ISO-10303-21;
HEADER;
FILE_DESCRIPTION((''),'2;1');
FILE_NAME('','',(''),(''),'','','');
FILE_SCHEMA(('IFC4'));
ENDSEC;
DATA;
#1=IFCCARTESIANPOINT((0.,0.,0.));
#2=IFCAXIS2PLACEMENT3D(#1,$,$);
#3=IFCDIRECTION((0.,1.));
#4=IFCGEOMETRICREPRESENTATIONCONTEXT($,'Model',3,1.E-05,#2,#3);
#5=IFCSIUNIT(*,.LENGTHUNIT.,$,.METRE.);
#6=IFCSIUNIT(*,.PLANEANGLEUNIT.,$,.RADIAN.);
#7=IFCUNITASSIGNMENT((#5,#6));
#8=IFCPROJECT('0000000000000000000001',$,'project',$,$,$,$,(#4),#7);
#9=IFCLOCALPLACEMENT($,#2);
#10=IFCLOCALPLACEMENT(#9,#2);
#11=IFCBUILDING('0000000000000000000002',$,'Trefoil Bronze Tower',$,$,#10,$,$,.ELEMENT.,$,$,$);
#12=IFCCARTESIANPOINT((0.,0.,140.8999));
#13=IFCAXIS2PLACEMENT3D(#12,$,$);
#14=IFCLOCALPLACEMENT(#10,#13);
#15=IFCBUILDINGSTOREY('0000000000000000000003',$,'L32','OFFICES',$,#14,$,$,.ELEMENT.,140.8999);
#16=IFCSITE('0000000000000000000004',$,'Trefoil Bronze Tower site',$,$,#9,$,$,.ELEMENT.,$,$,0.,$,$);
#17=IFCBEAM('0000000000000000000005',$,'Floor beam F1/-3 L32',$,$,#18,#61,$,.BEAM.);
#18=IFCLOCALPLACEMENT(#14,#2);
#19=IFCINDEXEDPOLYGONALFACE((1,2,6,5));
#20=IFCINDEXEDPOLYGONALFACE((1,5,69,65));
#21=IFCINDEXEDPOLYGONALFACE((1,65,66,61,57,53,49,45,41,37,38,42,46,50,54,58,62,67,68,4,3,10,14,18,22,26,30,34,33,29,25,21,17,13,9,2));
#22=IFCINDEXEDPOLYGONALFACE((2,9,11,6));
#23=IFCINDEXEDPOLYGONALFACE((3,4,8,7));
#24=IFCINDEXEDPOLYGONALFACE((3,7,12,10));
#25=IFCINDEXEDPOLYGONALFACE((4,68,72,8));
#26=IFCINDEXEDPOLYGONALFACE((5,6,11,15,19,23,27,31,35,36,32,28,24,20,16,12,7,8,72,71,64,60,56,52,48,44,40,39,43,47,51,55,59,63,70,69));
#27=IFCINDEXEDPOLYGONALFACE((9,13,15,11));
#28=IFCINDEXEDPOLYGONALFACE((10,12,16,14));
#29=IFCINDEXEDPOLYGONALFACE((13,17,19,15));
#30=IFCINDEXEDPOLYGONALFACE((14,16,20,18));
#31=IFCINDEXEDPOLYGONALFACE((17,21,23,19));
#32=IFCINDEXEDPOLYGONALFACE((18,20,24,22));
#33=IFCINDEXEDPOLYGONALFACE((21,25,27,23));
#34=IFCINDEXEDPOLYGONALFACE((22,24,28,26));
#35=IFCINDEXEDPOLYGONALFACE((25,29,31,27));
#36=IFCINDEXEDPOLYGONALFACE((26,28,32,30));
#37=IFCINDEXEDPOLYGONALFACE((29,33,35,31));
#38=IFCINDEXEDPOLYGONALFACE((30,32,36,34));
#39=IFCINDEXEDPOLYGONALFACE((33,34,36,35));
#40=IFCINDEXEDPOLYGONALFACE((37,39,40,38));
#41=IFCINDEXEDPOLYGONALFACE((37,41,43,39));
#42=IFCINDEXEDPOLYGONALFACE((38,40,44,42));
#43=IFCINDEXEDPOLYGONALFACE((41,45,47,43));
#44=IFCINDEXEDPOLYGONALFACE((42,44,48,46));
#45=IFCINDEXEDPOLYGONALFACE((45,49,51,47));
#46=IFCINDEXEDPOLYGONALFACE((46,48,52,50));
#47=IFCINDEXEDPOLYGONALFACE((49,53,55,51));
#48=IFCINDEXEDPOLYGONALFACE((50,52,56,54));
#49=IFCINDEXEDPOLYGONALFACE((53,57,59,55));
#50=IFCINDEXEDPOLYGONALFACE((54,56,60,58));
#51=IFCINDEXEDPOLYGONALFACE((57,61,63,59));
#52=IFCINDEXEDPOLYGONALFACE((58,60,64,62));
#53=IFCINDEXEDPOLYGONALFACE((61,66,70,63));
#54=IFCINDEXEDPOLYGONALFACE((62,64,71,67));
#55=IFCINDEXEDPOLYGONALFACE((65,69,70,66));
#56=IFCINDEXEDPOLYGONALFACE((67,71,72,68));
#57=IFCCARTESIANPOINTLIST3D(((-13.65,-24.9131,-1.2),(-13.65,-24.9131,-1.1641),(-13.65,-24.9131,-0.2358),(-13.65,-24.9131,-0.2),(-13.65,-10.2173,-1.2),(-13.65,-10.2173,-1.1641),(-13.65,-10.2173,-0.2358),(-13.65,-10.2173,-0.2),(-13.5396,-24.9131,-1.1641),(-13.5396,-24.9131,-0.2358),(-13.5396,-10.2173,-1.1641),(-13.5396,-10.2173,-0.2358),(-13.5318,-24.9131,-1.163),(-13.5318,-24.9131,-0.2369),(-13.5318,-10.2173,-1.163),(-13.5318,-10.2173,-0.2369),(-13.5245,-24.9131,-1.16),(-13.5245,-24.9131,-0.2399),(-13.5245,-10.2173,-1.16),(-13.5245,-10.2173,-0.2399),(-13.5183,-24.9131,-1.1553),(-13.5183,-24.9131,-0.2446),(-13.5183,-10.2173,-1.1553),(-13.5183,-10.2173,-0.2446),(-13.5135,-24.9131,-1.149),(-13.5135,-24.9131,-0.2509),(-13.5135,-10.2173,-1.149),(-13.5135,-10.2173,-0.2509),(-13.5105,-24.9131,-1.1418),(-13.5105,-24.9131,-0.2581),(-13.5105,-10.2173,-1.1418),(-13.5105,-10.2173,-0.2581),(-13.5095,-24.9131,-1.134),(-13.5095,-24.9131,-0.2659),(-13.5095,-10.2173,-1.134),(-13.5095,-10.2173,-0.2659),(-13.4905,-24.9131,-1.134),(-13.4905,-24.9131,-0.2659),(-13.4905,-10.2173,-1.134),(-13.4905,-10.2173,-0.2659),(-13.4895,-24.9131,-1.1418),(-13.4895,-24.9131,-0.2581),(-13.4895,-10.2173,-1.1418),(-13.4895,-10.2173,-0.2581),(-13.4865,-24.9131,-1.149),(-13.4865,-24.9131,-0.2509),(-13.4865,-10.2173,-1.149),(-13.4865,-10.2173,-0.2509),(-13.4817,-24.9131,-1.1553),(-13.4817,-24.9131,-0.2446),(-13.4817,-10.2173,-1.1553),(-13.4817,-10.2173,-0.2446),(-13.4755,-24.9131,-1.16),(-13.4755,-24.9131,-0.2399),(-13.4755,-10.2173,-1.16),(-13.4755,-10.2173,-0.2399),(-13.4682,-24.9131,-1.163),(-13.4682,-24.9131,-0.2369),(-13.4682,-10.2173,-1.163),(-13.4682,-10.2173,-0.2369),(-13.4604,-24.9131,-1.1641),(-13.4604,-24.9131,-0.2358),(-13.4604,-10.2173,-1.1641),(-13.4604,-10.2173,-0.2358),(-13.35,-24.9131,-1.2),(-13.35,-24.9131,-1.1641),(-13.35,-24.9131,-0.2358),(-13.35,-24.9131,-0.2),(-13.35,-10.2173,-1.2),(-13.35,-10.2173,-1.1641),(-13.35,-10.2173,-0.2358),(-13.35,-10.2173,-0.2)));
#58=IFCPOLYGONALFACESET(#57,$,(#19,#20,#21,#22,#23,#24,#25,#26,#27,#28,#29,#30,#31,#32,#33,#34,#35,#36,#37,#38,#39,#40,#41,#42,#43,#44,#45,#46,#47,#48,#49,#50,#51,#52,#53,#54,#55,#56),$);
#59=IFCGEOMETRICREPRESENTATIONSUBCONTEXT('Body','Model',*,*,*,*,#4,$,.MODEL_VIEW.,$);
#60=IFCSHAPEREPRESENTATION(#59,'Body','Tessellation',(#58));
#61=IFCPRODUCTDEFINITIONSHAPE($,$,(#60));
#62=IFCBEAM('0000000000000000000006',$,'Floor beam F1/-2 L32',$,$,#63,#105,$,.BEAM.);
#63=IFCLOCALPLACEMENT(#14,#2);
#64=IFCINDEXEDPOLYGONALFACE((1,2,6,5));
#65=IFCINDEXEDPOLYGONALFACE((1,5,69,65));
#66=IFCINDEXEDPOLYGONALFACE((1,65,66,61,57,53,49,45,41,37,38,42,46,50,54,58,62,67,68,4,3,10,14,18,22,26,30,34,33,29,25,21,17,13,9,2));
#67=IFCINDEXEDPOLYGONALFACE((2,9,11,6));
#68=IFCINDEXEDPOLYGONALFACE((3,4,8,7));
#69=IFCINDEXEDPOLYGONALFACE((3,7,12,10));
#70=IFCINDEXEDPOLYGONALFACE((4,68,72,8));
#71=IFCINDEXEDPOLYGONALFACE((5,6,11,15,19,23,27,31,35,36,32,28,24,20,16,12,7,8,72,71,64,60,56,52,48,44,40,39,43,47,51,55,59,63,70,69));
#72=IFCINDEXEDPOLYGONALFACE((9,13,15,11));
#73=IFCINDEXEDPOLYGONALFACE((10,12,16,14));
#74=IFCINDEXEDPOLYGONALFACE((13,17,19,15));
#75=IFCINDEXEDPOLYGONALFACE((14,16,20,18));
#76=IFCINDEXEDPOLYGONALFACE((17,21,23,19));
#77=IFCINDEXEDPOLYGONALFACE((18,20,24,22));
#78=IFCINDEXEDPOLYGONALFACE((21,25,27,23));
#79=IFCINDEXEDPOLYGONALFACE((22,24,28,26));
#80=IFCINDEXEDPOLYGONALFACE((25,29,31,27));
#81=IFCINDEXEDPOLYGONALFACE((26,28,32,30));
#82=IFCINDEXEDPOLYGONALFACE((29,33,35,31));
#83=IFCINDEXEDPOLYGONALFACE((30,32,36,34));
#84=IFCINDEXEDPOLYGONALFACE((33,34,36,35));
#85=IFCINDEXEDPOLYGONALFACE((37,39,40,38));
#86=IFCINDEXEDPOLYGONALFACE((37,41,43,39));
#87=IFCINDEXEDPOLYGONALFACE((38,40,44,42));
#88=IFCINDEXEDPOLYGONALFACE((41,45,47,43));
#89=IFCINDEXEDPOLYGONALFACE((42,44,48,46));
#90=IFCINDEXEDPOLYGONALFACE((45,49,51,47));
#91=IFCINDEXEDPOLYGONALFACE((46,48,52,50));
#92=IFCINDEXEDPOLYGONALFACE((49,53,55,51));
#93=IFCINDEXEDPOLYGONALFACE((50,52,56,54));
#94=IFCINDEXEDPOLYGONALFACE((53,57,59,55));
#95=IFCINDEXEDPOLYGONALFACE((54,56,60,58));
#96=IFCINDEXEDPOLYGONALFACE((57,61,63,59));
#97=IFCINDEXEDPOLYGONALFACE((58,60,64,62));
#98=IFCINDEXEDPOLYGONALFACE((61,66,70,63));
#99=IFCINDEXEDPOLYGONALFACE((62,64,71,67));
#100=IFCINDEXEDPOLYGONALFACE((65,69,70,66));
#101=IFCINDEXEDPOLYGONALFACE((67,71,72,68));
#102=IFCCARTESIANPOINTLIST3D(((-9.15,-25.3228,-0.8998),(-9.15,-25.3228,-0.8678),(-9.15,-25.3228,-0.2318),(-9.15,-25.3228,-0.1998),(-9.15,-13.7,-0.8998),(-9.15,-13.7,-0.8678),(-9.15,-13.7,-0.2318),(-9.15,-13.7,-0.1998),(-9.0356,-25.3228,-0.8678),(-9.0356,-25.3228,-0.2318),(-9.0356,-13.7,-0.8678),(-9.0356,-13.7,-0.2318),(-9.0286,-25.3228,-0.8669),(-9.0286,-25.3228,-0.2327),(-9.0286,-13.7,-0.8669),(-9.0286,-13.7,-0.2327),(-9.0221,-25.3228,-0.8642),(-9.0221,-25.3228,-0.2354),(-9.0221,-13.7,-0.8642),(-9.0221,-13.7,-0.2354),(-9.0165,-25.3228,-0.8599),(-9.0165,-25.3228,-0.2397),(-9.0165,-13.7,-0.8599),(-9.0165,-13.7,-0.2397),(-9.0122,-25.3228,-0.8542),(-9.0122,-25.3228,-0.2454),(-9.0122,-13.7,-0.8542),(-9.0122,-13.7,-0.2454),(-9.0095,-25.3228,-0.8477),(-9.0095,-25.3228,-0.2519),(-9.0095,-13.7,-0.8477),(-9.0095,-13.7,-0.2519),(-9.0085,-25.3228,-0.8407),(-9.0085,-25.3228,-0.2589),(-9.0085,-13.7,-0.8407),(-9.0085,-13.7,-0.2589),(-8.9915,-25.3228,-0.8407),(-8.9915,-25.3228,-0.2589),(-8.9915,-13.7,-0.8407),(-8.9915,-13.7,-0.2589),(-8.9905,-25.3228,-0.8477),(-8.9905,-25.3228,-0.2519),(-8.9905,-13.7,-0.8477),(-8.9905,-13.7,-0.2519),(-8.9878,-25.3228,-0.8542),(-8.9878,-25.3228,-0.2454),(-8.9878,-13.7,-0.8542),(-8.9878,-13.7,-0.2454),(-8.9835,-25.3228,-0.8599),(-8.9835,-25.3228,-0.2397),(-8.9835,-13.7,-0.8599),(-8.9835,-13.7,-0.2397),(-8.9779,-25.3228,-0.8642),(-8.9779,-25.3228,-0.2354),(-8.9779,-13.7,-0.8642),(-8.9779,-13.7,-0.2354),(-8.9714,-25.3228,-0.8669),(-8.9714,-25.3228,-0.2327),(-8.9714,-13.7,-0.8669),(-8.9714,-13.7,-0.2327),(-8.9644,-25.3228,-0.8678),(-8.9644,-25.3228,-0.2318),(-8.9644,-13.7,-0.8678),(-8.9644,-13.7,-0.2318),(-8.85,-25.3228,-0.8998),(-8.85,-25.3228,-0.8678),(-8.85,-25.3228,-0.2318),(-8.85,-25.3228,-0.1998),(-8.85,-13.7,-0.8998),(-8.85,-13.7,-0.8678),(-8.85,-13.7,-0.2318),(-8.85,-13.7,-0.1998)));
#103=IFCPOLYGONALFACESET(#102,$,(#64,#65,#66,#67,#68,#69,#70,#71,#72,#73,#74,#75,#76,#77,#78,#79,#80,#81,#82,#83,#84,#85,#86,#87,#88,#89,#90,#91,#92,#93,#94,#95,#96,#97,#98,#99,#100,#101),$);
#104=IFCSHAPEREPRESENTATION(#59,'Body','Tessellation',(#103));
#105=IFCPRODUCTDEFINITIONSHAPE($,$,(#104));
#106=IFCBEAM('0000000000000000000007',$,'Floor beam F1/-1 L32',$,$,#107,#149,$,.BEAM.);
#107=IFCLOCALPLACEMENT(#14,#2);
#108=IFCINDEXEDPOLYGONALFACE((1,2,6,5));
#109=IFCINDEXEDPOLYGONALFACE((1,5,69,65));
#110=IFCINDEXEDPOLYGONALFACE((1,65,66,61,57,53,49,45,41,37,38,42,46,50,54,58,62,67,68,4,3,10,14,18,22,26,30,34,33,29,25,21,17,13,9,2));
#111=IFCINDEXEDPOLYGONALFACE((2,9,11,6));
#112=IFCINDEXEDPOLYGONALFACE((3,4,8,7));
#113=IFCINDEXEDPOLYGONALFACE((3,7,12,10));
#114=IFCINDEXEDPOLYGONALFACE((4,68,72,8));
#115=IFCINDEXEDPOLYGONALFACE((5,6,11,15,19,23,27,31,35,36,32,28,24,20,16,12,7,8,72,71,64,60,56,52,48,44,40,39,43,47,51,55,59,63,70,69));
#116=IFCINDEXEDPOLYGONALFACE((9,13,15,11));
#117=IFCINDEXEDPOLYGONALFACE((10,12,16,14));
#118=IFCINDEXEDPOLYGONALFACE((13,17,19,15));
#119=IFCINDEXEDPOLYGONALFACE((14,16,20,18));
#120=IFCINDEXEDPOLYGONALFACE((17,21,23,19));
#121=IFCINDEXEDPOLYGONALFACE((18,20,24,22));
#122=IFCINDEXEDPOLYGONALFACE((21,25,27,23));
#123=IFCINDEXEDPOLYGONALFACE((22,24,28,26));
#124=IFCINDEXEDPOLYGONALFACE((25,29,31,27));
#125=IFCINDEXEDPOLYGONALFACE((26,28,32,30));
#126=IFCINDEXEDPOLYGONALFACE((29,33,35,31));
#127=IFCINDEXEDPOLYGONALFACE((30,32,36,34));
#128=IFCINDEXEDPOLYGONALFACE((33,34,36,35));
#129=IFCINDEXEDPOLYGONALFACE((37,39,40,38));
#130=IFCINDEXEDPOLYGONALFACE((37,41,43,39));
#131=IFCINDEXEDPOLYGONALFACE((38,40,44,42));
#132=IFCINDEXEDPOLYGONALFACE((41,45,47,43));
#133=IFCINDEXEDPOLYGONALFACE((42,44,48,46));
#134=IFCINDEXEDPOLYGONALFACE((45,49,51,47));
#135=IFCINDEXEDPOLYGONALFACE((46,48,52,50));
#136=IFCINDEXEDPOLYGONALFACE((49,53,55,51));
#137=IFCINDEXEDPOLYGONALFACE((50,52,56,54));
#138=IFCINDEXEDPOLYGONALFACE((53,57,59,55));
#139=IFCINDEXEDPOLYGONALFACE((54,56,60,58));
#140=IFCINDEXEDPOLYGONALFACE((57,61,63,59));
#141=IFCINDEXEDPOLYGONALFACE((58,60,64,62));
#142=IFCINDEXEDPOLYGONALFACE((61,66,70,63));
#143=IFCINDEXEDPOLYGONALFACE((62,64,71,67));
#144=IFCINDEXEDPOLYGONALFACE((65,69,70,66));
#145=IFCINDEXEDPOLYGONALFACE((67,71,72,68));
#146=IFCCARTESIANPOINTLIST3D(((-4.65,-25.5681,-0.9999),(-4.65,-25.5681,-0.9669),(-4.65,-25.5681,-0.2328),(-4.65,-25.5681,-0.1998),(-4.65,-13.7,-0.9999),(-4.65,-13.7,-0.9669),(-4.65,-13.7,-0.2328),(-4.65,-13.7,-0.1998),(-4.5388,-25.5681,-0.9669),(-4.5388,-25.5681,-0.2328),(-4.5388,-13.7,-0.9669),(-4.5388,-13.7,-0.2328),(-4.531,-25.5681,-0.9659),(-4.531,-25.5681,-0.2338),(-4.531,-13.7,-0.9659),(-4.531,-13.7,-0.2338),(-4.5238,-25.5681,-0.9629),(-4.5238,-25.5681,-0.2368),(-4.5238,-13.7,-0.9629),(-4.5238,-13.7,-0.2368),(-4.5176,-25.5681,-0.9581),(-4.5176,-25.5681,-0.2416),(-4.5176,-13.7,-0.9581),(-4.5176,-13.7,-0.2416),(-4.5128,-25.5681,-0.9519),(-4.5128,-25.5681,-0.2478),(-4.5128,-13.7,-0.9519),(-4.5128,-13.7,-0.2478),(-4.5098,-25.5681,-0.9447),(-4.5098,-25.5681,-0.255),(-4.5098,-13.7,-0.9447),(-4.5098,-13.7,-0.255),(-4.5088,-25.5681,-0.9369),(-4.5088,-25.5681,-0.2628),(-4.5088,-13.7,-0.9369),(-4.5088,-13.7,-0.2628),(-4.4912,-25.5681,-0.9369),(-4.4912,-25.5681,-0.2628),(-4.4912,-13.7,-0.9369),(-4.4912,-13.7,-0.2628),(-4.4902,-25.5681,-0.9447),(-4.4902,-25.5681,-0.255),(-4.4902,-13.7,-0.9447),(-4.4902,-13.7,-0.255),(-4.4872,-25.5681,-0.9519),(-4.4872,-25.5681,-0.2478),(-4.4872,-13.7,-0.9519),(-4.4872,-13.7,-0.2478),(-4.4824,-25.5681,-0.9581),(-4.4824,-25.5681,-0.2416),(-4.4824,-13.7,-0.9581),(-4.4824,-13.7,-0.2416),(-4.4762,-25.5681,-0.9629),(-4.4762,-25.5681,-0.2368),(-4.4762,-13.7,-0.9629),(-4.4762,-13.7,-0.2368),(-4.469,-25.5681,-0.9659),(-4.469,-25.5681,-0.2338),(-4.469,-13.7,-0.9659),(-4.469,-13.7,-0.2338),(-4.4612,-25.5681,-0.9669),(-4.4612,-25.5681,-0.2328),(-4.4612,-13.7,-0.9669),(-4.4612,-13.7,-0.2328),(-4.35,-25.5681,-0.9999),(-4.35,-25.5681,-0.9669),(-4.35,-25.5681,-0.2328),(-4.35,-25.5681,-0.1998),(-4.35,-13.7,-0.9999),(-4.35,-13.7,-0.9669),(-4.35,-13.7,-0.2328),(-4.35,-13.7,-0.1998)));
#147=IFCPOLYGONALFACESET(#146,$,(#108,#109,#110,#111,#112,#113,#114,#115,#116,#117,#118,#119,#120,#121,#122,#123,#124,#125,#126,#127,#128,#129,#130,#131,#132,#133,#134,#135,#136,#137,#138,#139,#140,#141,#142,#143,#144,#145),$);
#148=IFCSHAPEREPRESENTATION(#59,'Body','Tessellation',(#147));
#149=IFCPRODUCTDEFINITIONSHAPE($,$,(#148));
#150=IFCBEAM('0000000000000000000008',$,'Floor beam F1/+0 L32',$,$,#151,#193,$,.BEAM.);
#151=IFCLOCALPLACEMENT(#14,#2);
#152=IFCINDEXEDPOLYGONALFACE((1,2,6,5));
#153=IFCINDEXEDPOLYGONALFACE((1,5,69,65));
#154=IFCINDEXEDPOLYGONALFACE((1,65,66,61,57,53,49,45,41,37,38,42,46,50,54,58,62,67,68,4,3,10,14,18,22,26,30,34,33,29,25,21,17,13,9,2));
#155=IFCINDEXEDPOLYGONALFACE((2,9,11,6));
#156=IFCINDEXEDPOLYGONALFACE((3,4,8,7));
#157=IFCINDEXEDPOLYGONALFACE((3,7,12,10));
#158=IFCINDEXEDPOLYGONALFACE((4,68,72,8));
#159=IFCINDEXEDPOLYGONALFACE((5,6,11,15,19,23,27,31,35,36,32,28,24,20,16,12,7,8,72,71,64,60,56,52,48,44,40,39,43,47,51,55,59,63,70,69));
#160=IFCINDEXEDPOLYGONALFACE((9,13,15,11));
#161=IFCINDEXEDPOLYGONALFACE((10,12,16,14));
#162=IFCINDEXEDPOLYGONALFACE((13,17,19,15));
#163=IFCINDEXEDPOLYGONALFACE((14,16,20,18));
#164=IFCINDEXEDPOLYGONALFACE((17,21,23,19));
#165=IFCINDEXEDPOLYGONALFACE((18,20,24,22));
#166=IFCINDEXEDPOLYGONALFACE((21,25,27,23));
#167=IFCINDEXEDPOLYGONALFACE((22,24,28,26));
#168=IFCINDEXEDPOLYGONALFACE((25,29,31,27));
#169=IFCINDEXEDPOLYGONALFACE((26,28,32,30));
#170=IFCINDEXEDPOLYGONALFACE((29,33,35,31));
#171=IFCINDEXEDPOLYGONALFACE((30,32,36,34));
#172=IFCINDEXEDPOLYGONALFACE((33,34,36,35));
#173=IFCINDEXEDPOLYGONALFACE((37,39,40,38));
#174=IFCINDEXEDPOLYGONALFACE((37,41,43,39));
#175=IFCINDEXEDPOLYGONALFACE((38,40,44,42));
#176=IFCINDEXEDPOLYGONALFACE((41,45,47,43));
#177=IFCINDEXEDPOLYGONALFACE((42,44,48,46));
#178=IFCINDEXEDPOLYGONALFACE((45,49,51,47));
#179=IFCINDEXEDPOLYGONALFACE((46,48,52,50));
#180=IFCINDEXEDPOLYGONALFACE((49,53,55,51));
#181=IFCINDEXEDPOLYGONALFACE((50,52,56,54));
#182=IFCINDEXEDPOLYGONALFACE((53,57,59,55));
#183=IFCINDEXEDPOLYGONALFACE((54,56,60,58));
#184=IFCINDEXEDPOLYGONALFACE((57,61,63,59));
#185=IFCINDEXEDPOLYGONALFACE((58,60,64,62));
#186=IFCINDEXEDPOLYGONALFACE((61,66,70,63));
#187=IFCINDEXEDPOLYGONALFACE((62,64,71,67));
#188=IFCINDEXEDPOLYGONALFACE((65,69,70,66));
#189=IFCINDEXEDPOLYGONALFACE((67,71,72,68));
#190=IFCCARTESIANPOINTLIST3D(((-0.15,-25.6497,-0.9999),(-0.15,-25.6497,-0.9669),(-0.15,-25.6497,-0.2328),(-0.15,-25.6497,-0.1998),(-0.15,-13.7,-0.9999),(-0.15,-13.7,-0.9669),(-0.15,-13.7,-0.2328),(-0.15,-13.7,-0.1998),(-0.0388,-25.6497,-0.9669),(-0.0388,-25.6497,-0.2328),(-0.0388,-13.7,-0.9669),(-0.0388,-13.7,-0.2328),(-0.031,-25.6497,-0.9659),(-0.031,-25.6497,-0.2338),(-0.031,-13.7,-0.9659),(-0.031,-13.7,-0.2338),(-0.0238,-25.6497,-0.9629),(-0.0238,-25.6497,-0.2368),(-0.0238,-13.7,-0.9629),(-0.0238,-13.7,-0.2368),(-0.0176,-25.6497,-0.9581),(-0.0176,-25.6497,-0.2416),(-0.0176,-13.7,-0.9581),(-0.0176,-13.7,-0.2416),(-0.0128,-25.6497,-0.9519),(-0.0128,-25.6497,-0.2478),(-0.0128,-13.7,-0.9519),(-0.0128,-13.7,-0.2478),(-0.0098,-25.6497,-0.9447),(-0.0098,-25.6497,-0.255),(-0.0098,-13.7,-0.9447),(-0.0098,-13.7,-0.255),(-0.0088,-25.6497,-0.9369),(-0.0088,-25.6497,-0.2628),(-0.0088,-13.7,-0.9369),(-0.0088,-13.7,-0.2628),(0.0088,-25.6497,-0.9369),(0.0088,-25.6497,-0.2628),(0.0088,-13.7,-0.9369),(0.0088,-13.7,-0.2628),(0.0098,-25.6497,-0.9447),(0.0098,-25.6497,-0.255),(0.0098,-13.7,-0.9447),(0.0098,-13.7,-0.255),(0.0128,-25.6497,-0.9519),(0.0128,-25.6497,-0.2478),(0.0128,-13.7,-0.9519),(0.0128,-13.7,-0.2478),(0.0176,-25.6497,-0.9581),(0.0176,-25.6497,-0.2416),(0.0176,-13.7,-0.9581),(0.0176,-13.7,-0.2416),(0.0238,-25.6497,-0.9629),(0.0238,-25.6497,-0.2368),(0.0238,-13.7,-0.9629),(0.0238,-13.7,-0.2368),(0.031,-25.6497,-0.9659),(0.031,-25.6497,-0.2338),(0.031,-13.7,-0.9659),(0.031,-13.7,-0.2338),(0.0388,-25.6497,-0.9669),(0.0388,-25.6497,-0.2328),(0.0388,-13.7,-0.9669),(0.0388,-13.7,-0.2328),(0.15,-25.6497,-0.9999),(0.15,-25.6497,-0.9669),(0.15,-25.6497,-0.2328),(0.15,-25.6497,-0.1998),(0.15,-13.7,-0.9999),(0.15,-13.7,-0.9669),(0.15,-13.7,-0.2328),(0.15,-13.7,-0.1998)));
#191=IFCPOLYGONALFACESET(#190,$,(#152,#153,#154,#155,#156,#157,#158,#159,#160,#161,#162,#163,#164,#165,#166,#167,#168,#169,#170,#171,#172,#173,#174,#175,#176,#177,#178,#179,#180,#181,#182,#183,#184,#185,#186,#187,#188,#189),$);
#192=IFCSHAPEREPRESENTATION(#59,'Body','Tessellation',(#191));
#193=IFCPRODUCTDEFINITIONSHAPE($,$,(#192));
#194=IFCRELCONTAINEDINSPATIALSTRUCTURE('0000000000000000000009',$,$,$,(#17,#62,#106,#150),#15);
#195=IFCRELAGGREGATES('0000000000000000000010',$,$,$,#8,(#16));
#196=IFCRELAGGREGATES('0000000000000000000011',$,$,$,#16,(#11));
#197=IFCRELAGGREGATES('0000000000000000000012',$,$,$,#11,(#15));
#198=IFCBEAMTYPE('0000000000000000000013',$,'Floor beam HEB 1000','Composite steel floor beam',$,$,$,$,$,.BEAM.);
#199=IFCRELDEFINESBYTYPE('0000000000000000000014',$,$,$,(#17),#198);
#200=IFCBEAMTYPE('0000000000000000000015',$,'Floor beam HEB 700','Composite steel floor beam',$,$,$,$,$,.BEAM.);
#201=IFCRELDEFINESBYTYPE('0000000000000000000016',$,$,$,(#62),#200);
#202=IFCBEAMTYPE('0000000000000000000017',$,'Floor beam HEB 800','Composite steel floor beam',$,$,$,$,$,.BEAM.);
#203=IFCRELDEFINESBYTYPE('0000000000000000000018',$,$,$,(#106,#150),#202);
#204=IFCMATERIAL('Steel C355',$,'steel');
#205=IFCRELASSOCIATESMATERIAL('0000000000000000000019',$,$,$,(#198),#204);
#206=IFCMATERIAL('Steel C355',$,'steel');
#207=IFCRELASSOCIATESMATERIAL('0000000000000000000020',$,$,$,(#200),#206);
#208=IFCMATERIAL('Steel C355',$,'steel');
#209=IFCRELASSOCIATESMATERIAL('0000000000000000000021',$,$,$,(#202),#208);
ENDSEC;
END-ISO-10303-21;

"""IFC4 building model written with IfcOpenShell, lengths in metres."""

from ifc_helpers import new_model, si_unit, direction, frame, origin, origin_2d, place, context, subcontext, project, spatial, i_section, extrude, material, material_profile, profile_set, type_object, element, save


model = new_model("IFC4")

# Units and contexts
model_context = context("Model", 3, precision=1e-05, world=origin(), true_north=direction((0.0, 1.0)))
body_context = subcontext(model_context, "Body", "Model", "MODEL_VIEW")
ifc_project = project(units=[si_unit("LENGTHUNIT", "METRE"), si_unit("PLANEANGLEUNIT", "RADIAN")], contexts=[model_context])

# Site, building, storey
site_placement = place(None, origin())
site = spatial("IfcSite", under=ifc_project, at=site_placement, Name="Trefoil Bronze Tower site", CompositionType="ELEMENT", RefElevation=0.0)
building_placement = place(site_placement, origin())
building = spatial("IfcBuilding", under=site, at=building_placement, Name="Trefoil Bronze Tower", CompositionType="ELEMENT")
storey_placement = place(building_placement, frame((0.0, 0.0, 140.8999)))
storey = spatial("IfcBuildingStorey", under=building, at=storey_placement, Name="L32", Description="OFFICES", CompositionType="ELEMENT", Elevation=140.8999)

# Beams
ifc_material_1 = material(Name="Steel C355", Category="steel")
ifc_material_profile_1 = material_profile(ifc_material_1, i_section(OverallWidth=0.3, OverallDepth=1.0, WebThickness=0.019, FlangeThickness=0.0359, FilletRadius=0.03, at=origin_2d()), Name="HEB 1000")
ifc_profile_set_1 = profile_set([ifc_material_profile_1], Name="Steel C355")
beam_type_1 = type_object("IfcBeamType", Name="Floor beam HEB 1000", Description="Composite steel floor beam", PredefinedType="BEAM", material=ifc_profile_set_1)
beam_1_placement = place(storey_placement, frame((-13.5, -24.9131, -0.7), z_axis=(0.0, 1.0, 0.0), x_axis=(-1.0, 0.0, 0.0)))
element("IfcBeam", 1, at=beam_1_placement, inside=storey, type_object=beam_type_1, Name="Floor beam F1/-3 L32", PredefinedType="BEAM", context=body_context, shape_type="SweptSolid", body=[
    extrude(i_section(OverallWidth=0.3, OverallDepth=1.0, WebThickness=0.019, FlangeThickness=0.0359, FilletRadius=0.03, at=origin_2d()), origin(), (0.0, 0.0, 1.0), 14.6958),
])
ifc_material_2 = material(Name="Steel C355", Category="steel")
ifc_material_profile_2 = material_profile(ifc_material_2, i_section(OverallWidth=0.3, OverallDepth=0.7, WebThickness=0.0171, FlangeThickness=0.032, FilletRadius=0.0271, at=origin_2d()), Name="HEB 700")
ifc_profile_set_2 = profile_set([ifc_material_profile_2], Name="Steel C355")
beam_type_2 = type_object("IfcBeamType", Name="Floor beam HEB 700", Description="Composite steel floor beam", PredefinedType="BEAM", material=ifc_profile_set_2)
beam_2_placement = place(storey_placement, frame((-9.0, -25.3228, -0.5498), z_axis=(0.0, 1.0, 0.0), x_axis=(-1.0, 0.0, 0.0)))
element("IfcBeam", 2, at=beam_2_placement, inside=storey, type_object=beam_type_2, Name="Floor beam F1/-2 L32", PredefinedType="BEAM", context=body_context, shape_type="SweptSolid", body=[
    extrude(i_section(OverallWidth=0.3, OverallDepth=0.7, WebThickness=0.0171, FlangeThickness=0.032, FilletRadius=0.0271, at=origin_2d()), origin(), (0.0, 0.0, 1.0), 11.6228),
])
ifc_material_3 = material(Name="Steel C355", Category="steel")
ifc_material_profile_3 = material_profile(ifc_material_3, i_section(OverallWidth=0.3, OverallDepth=0.8, WebThickness=0.0176, FlangeThickness=0.033, FilletRadius=0.03, at=origin_2d()), Name="HEB 800")
ifc_profile_set_3 = profile_set([ifc_material_profile_3], Name="Steel C355")
beam_type_3 = type_object("IfcBeamType", Name="Floor beam HEB 800", Description="Composite steel floor beam", PredefinedType="BEAM", material=ifc_profile_set_3)
beam_3_placement = place(storey_placement, frame((-4.5, -25.5681, -0.5999), z_axis=(0.0, 1.0, 0.0), x_axis=(-1.0, 0.0, 0.0)))
element("IfcBeam", 3, at=beam_3_placement, inside=storey, type_object=beam_type_3, Name="Floor beam F1/-1 L32", PredefinedType="BEAM", context=body_context, shape_type="SweptSolid", body=[
    extrude(i_section(OverallWidth=0.3, OverallDepth=0.8, WebThickness=0.0176, FlangeThickness=0.033, FilletRadius=0.03, at=origin_2d()), origin(), (0.0, 0.0, 1.0), 11.8682),
])
beam_4_placement = place(storey_placement, frame((0.0, -25.6497, -0.5999), z_axis=(0.0, 1.0, 0.0), x_axis=(-1.0, 0.0, 0.0)))
element("IfcBeam", 4, at=beam_4_placement, inside=storey, type_object=beam_type_3, Name="Floor beam F1/+0 L32", PredefinedType="BEAM", context=body_context, shape_type="SweptSolid", body=[
    extrude(i_section(OverallWidth=0.3, OverallDepth=0.8, WebThickness=0.0176, FlangeThickness=0.033, FilletRadius=0.03, at=origin_2d()), origin(), (0.0, 0.0, 1.0), 11.9497),
])

save(model, "model.ifc")
